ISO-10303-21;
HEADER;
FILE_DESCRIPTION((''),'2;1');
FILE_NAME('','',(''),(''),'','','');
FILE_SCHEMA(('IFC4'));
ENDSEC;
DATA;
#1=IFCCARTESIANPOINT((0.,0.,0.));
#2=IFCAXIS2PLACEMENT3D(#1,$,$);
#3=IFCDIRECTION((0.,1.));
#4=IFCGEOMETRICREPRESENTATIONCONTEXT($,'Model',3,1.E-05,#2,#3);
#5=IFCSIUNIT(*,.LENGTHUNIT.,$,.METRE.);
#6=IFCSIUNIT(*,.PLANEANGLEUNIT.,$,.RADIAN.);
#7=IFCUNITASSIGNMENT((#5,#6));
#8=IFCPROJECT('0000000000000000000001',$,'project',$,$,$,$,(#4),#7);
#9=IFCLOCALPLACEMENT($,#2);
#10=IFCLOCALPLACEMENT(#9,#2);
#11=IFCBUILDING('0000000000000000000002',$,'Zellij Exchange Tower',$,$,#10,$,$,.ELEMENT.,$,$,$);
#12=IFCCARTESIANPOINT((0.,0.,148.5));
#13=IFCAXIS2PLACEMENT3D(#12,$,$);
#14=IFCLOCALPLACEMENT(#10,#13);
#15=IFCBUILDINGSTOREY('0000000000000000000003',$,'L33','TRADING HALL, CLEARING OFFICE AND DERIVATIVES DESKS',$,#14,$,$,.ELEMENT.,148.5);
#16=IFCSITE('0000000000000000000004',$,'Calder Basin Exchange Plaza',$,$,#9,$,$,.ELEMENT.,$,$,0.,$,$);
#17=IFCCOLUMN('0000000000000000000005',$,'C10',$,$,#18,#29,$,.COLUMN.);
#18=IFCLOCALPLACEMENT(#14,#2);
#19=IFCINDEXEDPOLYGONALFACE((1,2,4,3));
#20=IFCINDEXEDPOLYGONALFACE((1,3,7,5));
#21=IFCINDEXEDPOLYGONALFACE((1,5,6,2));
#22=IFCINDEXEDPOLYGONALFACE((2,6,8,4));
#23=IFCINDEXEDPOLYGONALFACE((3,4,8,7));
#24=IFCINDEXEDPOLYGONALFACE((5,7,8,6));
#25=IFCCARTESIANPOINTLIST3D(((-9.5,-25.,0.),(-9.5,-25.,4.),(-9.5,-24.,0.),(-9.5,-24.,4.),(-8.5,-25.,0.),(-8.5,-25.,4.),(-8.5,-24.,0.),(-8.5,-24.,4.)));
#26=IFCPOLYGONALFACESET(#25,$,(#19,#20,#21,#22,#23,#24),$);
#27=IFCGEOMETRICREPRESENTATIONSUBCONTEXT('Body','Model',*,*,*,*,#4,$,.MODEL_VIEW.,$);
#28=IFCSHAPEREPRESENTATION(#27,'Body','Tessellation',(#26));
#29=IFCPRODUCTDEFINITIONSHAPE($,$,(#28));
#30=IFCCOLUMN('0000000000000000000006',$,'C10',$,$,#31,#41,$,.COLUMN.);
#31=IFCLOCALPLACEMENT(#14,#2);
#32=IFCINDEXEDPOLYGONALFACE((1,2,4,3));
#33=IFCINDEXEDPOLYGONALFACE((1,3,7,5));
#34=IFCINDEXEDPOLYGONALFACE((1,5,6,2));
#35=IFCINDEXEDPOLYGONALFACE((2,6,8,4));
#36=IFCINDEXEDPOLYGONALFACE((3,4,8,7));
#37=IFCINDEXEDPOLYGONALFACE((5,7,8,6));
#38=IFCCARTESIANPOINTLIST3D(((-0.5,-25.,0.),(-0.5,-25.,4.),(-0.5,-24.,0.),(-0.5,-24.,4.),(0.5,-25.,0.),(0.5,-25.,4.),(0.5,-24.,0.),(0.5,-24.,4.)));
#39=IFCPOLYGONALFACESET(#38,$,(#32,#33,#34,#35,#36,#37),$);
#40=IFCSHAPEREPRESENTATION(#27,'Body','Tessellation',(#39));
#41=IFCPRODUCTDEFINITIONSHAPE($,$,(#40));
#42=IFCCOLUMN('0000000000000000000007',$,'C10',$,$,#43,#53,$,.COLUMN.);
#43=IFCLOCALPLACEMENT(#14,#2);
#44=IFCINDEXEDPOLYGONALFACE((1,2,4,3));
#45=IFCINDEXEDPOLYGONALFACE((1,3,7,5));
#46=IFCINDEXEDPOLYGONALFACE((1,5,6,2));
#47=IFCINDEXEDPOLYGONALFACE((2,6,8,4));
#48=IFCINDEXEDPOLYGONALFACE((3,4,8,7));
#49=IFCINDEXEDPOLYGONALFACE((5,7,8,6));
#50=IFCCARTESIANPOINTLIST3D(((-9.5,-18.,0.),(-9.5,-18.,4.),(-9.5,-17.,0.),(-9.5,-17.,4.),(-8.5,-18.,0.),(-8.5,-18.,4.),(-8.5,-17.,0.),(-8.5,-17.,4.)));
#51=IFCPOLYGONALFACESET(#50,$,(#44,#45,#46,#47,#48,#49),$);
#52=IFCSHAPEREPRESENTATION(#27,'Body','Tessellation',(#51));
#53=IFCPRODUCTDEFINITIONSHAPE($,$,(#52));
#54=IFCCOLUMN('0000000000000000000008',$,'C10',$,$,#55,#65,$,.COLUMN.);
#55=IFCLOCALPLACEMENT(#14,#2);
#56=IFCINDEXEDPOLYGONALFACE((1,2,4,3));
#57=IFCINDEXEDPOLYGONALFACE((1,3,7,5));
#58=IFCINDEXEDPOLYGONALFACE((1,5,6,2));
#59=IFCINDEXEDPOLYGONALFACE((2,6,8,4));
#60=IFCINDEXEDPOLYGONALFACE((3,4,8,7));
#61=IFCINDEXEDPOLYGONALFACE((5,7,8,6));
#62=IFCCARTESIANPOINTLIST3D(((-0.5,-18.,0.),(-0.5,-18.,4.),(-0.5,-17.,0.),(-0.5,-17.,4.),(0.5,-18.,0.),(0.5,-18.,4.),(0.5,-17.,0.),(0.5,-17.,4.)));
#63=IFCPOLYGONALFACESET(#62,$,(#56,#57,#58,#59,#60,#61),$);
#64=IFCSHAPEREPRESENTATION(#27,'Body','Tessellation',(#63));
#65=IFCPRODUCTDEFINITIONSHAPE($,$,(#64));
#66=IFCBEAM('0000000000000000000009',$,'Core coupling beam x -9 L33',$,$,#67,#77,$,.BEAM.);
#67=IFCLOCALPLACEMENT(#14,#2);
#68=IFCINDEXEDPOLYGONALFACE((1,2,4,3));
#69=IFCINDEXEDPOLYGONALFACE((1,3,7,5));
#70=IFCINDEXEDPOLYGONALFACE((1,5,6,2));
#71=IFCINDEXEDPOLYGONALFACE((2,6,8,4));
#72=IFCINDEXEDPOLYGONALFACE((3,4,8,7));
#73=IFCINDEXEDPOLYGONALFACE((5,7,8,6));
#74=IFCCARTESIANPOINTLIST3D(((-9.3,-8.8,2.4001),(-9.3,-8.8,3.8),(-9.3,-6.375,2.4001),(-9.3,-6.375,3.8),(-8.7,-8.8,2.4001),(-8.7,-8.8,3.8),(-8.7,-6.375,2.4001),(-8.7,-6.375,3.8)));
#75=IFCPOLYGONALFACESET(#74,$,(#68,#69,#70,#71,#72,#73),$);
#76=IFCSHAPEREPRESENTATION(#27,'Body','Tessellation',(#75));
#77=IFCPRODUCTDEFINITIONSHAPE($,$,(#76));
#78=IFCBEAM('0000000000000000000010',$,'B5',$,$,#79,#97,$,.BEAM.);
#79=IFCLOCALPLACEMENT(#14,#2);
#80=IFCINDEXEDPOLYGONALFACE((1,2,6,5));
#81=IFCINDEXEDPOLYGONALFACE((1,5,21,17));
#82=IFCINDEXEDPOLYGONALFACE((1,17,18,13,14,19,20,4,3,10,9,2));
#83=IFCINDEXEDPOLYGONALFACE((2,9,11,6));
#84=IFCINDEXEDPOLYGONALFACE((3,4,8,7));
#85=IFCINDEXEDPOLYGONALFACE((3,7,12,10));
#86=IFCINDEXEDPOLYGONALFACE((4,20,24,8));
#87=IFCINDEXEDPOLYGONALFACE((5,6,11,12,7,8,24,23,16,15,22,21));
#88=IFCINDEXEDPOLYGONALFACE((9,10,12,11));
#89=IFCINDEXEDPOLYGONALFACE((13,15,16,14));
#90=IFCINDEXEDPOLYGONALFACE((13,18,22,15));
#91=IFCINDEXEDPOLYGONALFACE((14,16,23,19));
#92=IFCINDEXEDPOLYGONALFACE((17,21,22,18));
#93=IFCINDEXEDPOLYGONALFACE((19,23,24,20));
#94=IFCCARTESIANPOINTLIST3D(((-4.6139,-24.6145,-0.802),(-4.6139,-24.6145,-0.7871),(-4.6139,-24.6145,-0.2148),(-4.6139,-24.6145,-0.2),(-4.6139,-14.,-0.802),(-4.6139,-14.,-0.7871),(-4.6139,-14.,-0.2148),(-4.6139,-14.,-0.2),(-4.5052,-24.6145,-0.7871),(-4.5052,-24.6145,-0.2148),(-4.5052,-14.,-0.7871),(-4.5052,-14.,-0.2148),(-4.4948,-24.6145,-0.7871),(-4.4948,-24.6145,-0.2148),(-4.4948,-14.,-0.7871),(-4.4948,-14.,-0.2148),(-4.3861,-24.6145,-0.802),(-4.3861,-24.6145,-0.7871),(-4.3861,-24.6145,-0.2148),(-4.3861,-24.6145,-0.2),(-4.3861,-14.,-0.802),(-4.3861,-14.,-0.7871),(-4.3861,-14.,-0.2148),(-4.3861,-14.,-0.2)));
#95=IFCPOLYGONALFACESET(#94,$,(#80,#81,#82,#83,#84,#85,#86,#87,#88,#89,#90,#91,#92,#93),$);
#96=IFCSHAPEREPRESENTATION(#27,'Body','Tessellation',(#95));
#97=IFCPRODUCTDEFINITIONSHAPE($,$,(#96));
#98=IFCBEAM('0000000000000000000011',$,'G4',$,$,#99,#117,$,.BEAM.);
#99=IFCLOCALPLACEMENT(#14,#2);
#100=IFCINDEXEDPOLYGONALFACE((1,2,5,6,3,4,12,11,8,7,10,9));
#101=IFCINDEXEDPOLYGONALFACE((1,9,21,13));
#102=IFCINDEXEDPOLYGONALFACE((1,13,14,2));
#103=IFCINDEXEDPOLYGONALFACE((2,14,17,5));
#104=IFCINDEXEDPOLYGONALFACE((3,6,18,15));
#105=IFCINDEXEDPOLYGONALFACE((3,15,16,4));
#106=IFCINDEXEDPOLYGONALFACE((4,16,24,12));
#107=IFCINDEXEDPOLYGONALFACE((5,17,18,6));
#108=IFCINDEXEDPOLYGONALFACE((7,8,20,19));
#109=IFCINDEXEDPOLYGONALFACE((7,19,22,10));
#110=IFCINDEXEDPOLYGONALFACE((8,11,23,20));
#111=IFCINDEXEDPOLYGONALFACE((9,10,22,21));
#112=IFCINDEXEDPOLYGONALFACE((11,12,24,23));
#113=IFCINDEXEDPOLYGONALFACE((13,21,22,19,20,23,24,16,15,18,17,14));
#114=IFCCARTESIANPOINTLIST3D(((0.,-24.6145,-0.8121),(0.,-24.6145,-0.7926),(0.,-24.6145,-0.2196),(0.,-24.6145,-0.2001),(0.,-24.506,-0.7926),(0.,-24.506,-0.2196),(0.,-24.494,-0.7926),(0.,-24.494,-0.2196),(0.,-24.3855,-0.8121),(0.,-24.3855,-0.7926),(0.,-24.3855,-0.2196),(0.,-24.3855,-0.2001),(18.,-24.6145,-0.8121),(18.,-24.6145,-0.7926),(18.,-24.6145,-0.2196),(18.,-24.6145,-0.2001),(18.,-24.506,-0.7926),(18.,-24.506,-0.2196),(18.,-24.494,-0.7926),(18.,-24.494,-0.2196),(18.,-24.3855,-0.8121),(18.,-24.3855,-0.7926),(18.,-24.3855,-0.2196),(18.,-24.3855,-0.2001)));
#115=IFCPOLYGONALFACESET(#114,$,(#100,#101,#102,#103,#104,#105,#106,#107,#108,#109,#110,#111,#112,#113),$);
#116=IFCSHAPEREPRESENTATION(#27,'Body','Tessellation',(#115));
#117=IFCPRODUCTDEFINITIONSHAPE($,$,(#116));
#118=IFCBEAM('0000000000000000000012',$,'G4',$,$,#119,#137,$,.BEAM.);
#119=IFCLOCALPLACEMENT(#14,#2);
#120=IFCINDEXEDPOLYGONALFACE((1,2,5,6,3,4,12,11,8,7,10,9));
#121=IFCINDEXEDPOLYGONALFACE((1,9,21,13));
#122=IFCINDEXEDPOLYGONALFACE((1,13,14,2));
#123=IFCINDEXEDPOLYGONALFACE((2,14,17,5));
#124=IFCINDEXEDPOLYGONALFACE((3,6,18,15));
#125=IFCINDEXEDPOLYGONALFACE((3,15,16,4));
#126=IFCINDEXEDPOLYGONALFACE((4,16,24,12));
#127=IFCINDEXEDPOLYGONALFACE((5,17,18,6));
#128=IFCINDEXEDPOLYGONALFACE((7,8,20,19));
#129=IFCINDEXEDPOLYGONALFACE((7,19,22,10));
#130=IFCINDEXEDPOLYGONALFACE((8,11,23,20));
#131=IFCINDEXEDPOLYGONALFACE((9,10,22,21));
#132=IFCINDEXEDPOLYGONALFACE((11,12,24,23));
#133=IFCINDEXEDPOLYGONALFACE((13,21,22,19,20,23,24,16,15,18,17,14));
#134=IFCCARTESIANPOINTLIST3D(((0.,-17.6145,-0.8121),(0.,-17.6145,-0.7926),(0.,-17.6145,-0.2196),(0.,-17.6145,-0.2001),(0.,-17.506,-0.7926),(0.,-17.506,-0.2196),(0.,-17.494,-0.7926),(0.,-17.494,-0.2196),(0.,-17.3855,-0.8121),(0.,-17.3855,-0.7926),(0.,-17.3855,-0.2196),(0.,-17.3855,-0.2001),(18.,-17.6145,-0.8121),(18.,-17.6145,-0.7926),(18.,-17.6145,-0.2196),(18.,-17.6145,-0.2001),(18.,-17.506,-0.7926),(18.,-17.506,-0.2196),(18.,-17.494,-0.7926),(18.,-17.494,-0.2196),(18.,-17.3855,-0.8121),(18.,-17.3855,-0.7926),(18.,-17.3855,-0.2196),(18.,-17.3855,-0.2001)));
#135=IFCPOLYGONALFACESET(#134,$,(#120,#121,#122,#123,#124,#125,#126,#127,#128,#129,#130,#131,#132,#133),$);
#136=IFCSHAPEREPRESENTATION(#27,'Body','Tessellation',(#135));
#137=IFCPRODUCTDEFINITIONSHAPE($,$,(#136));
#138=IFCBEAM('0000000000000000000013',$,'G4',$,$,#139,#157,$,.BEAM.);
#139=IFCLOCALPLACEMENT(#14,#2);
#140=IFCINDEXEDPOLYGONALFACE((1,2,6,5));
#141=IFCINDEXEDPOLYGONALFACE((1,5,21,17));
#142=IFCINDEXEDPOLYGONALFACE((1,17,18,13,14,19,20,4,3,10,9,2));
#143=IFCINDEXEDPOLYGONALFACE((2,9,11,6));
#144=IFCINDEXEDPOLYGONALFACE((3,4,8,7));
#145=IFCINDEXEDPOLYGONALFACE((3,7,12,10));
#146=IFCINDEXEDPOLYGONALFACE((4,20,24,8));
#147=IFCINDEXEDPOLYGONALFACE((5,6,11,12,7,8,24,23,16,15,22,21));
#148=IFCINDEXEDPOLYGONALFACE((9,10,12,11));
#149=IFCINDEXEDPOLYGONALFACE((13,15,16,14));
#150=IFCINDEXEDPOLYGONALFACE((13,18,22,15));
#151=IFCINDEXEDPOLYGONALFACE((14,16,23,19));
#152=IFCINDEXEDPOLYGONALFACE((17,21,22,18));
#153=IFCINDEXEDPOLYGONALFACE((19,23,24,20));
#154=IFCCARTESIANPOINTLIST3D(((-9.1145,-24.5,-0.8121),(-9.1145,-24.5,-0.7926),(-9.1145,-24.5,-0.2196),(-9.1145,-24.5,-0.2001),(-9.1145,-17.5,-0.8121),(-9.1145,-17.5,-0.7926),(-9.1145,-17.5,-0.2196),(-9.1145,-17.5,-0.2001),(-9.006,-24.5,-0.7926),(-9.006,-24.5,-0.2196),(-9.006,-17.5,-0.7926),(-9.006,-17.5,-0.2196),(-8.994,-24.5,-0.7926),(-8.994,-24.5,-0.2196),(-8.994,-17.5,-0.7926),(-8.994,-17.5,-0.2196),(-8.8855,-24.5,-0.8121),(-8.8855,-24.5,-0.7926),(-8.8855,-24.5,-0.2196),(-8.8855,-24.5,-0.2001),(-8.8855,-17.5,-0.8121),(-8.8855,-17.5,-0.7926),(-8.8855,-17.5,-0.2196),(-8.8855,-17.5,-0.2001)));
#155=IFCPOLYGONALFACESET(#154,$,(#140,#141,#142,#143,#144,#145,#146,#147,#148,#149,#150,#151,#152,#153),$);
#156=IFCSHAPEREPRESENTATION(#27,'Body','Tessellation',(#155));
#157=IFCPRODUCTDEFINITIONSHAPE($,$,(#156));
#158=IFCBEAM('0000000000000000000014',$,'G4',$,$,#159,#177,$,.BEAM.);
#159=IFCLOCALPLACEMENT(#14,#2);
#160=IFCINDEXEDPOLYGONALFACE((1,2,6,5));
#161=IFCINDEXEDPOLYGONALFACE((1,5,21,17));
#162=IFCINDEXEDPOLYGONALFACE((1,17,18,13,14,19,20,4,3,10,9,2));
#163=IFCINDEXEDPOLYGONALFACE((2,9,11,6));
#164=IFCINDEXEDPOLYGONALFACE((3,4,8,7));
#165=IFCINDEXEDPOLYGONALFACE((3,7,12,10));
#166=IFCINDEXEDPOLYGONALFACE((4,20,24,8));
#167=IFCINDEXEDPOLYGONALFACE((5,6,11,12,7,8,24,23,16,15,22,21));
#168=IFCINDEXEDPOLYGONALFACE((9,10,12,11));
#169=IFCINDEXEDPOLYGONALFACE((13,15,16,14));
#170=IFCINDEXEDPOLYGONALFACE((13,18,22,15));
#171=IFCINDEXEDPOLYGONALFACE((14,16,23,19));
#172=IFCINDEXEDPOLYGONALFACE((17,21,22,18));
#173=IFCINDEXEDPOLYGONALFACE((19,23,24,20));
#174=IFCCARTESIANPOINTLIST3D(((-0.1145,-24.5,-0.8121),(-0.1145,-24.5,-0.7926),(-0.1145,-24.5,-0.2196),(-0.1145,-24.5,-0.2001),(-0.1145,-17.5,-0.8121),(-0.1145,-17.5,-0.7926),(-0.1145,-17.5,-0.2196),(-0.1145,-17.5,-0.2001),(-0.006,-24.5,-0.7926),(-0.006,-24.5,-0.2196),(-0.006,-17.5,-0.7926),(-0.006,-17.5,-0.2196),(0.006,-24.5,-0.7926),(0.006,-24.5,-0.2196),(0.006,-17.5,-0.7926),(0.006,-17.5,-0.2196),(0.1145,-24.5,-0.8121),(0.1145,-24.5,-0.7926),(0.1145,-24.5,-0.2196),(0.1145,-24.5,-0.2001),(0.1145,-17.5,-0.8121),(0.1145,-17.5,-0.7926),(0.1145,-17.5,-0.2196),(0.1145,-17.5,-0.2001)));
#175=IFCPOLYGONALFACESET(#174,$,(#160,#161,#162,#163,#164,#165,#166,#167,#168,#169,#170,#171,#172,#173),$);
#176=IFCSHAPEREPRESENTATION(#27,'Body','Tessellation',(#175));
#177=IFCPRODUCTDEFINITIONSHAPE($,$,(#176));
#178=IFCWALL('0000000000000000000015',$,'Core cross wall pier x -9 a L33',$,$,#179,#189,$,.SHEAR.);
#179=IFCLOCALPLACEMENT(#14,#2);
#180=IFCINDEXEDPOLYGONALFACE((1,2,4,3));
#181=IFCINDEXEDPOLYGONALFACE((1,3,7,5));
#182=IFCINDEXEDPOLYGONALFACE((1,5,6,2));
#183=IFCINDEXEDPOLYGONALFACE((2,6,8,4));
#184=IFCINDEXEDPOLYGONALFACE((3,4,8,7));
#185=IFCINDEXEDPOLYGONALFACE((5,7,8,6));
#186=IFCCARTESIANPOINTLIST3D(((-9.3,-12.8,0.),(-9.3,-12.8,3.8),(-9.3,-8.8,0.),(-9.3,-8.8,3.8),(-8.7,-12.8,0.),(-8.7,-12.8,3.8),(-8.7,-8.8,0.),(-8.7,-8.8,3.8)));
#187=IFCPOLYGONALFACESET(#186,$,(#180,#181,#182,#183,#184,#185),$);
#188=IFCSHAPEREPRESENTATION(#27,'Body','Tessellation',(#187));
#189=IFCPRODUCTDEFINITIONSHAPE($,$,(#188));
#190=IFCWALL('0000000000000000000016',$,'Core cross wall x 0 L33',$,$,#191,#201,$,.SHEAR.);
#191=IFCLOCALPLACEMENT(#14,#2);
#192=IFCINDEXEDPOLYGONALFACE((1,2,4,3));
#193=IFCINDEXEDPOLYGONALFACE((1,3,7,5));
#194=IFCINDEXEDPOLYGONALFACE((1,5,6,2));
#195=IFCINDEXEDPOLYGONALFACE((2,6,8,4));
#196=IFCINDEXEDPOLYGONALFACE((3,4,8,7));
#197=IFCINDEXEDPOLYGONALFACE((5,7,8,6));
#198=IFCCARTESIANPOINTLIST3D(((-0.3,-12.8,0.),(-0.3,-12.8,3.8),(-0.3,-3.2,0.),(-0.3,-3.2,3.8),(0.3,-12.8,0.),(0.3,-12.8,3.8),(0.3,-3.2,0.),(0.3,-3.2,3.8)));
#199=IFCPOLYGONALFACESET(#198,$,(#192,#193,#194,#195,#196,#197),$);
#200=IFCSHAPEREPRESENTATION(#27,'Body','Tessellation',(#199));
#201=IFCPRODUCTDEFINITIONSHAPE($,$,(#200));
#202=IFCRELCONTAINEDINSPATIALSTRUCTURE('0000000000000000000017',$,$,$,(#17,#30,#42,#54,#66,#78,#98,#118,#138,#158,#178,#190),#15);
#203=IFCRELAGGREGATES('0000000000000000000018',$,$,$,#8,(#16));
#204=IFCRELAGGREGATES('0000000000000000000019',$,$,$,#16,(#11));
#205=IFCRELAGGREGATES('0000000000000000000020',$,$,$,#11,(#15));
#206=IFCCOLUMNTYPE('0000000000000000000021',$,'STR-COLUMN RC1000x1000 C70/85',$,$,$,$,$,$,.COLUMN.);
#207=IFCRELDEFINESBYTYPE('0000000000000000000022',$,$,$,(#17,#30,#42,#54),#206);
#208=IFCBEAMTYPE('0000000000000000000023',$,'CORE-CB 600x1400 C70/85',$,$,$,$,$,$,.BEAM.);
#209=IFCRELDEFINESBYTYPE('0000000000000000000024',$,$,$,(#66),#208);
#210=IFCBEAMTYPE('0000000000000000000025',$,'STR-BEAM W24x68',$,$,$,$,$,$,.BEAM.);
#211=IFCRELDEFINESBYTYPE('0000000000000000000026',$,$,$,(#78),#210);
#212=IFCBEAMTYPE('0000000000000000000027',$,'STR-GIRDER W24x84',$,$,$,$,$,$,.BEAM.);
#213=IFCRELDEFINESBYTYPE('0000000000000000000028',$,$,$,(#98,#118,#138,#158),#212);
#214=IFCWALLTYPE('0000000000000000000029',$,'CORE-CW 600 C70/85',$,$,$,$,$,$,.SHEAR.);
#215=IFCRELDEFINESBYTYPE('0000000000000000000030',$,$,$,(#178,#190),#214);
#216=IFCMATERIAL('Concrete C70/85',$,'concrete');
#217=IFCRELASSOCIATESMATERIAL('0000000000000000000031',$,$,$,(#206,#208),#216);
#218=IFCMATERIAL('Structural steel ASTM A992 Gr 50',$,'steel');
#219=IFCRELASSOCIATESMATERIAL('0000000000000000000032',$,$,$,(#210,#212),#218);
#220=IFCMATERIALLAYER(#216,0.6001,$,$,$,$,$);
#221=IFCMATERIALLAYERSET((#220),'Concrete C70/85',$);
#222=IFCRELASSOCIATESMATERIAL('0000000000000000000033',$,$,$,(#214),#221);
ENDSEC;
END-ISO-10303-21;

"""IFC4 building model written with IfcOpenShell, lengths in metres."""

from ifc_helpers import new_model, si_unit, direction, frame, frame_2d, origin, origin_2d, place, context, subcontext, project, spatial, rectangle, i_section, extrude, material, layer, layer_set, material_profile, profile_set, type_object, element, save


model = new_model("IFC4")

# Units and contexts
model_context = context("Model", 3, precision=1e-05, world=origin(), true_north=direction((0.0, 1.0)))
body_context = subcontext(model_context, "Body", "Model", "MODEL_VIEW")
ifc_project = project(units=[si_unit("LENGTHUNIT", "METRE"), si_unit("PLANEANGLEUNIT", "RADIAN")], contexts=[model_context])

# Site, building, storey
site_placement = place(None, origin())
site = spatial("IfcSite", under=ifc_project, at=site_placement, Name="Calder Basin Exchange Plaza", CompositionType="ELEMENT", RefElevation=0.0)
building_placement = place(site_placement, origin())
building = spatial("IfcBuilding", under=site, at=building_placement, Name="Zellij Exchange Tower", CompositionType="ELEMENT")
storey_placement = place(building_placement, frame((0.0, 0.0, 148.5)))
storey = spatial("IfcBuildingStorey", under=building, at=storey_placement, Name="L33", Description="TRADING HALL, CLEARING OFFICE AND DERIVATIVES DESKS", CompositionType="ELEMENT", Elevation=148.5)

# Columns
ifc_material_1 = material(Name="Concrete C70/85", Category="concrete")
ifc_material_profile_1 = material_profile(ifc_material_1, rectangle(XDim=1.0, YDim=1.0, at=origin_2d()), Name="STR-COLUMN RC1000x1000 C70/85")
ifc_profile_set_1 = profile_set([ifc_material_profile_1], Name="Concrete C70/85")
column_type = type_object("IfcColumnType", Name="STR-COLUMN RC1000x1000 C70/85", PredefinedType="COLUMN", material=ifc_profile_set_1)
for number, where, z_axis, x_axis, name in (
    (1, (-9.0, -24.5, 0.0), (0.0, 0.0, 1.0), (1.0, 0.0, 0.0), "C10"),
    (2, (0.0, -24.5, 0.0), (0.0, 0.0, 1.0), (1.0, 0.0, 0.0), "C10"),
    (3, (-9.0, -17.5, 0.0), (0.0, 0.0, 1.0), (1.0, 0.0, 0.0), "C10"),
    (4, (0.0, -17.5, 0.0), (0.0, 0.0, 1.0), (1.0, 0.0, 0.0), "C10"),
):
    element("IfcColumn", number, at=place(storey_placement, frame(where, z_axis=z_axis, x_axis=x_axis)), inside=storey, type_object=column_type, Name=name, PredefinedType="COLUMN", context=body_context, shape_type="SweptSolid", body=[
        extrude(rectangle(XDim=1.0, YDim=1.0, at=origin_2d()), origin(), (0.0, 0.0, 1.0), 4.0),
    ])

# Beams
ifc_material_profile_2 = material_profile(ifc_material_1, rectangle(XDim=0.6001, YDim=1.3999, at=origin_2d()), Name="CORE-CB 600x1400 C70/85")
ifc_profile_set_2 = profile_set([ifc_material_profile_2], Name="Concrete C70/85")
beam_type_1 = type_object("IfcBeamType", Name="CORE-CB 600x1400 C70/85", PredefinedType="BEAM", material=ifc_profile_set_2)
beam_1_placement = place(storey_placement, frame((-9.0, -8.8, 3.1001), z_axis=(0.0, 1.0, 0.0), x_axis=(-1.0, 0.0, 0.0)))
element("IfcBeam", 5, at=beam_1_placement, inside=storey, type_object=beam_type_1, Name="Core coupling beam x -9 L33", PredefinedType="BEAM", context=body_context, shape_type="SweptSolid", body=[
    extrude(rectangle(XDim=0.6001, YDim=1.3999, at=origin_2d()), origin(), (0.0, 0.0, 1.0), 2.425),
])
ifc_material_2 = material(Name="Structural steel ASTM A992 Gr 50", Category="steel")
ifc_material_profile_3 = material_profile(ifc_material_2, i_section(OverallWidth=0.2278, OverallDepth=0.6021, WebThickness=0.0105, FlangeThickness=0.0149, at=origin_2d()), Name="W24x68")
ifc_profile_set_3 = profile_set([ifc_material_profile_3], Name="Structural steel ASTM A992 Gr 50")
beam_type_2 = type_object("IfcBeamType", Name="STR-BEAM W24x68", PredefinedType="BEAM", material=ifc_profile_set_3)
beam_2_placement = place(storey_placement, frame((-4.5, -24.6145, -0.501), z_axis=(0.0, 1.0, 0.0), x_axis=(-1.0, 0.0, 0.0)))
element("IfcBeam", 6, at=beam_2_placement, inside=storey, type_object=beam_type_2, Name="B5", PredefinedType="BEAM", context=body_context, shape_type="SweptSolid", body=[
    extrude(i_section(OverallWidth=0.2278, OverallDepth=0.6021, WebThickness=0.0105, FlangeThickness=0.0149, at=origin_2d()), origin(), (0.0, 0.0, 1.0), 10.6145),
])
ifc_material_profile_4 = material_profile(ifc_material_2, i_section(OverallWidth=0.229, OverallDepth=0.6121, WebThickness=0.012, FlangeThickness=0.0195, at=origin_2d()), Name="W24x84")
ifc_profile_set_4 = profile_set([ifc_material_profile_4], Name="Structural steel ASTM A992 Gr 50")
beam_type_3 = type_object("IfcBeamType", Name="STR-GIRDER W24x84", PredefinedType="BEAM", material=ifc_profile_set_4)
for number, where, z_axis, x_axis, name in (
    (7, (0.0, -24.5, -0.5061), (1.0, 0.0, 0.0), (0.0, 1.0, 0.0), "G4"),
    (8, (0.0, -17.5, -0.5061), (1.0, 0.0, 0.0), (0.0, 1.0, 0.0), "G4"),
):
    element("IfcBeam", number, at=place(storey_placement, frame(where, z_axis=z_axis, x_axis=x_axis)), inside=storey, type_object=beam_type_3, Name=name, PredefinedType="BEAM", context=body_context, shape_type="SweptSolid", body=[
        extrude(i_section(OverallWidth=0.229, OverallDepth=0.6121, WebThickness=0.012, FlangeThickness=0.0195, at=origin_2d()), origin(), (0.0, 0.0, 1.0), 18.0),
    ])
for number, where, z_axis, x_axis, name in (
    (9, (-9.0, -24.5, -0.5061), (0.0, 1.0, 0.0), (-1.0, 0.0, 0.0), "G4"),
    (10, (0.0, -24.5, -0.5061), (0.0, 1.0, 0.0), (-1.0, 0.0, 0.0), "G4"),
):
    element("IfcBeam", number, at=place(storey_placement, frame(where, z_axis=z_axis, x_axis=x_axis)), inside=storey, type_object=beam_type_3, Name=name, PredefinedType="BEAM", context=body_context, shape_type="SweptSolid", body=[
        extrude(i_section(OverallWidth=0.229, OverallDepth=0.6121, WebThickness=0.012, FlangeThickness=0.0195, at=origin_2d()), origin(), (0.0, 0.0, 1.0), 7.0),
    ])

# Walls
ifc_layer_1 = layer(ifc_material_1, 0.6001)
ifc_layer_set_1 = layer_set([ifc_layer_1], Name="Concrete C70/85")
wall_type_1 = type_object("IfcWallType", Name="CORE-CW 600 C70/85", PredefinedType="SHEAR", material=ifc_layer_set_1)
wall_1_placement = place(storey_placement, frame((-9.0, -12.8, 0.0), z_axis=(0.0, 0.0, 1.0), x_axis=(0.0, 1.0, 0.0)))
element("IfcWall", 11, at=wall_1_placement, inside=storey, type_object=wall_type_1, Name="Core cross wall pier x -9 a L33", PredefinedType="SHEAR", context=body_context, shape_type="SweptSolid", body=[
    extrude(rectangle(XDim=4.0, YDim=0.6001, at=frame_2d((2.0, 0.0))), origin(), (0.0, 0.0, 1.0), 3.8),
])
wall_2_placement = place(storey_placement, frame((0.0, -12.8, 0.0), z_axis=(0.0, 0.0, 1.0), x_axis=(0.0, 1.0, 0.0)))
element("IfcWall", 12, at=wall_2_placement, inside=storey, type_object=wall_type_1, Name="Core cross wall x 0 L33", PredefinedType="SHEAR", context=body_context, shape_type="SweptSolid", body=[
    extrude(rectangle(XDim=9.6001, YDim=0.6001, at=frame_2d((4.8, 0.0))), origin(), (0.0, 0.0, 1.0), 3.8),
])

save(model, "model.ifc")
